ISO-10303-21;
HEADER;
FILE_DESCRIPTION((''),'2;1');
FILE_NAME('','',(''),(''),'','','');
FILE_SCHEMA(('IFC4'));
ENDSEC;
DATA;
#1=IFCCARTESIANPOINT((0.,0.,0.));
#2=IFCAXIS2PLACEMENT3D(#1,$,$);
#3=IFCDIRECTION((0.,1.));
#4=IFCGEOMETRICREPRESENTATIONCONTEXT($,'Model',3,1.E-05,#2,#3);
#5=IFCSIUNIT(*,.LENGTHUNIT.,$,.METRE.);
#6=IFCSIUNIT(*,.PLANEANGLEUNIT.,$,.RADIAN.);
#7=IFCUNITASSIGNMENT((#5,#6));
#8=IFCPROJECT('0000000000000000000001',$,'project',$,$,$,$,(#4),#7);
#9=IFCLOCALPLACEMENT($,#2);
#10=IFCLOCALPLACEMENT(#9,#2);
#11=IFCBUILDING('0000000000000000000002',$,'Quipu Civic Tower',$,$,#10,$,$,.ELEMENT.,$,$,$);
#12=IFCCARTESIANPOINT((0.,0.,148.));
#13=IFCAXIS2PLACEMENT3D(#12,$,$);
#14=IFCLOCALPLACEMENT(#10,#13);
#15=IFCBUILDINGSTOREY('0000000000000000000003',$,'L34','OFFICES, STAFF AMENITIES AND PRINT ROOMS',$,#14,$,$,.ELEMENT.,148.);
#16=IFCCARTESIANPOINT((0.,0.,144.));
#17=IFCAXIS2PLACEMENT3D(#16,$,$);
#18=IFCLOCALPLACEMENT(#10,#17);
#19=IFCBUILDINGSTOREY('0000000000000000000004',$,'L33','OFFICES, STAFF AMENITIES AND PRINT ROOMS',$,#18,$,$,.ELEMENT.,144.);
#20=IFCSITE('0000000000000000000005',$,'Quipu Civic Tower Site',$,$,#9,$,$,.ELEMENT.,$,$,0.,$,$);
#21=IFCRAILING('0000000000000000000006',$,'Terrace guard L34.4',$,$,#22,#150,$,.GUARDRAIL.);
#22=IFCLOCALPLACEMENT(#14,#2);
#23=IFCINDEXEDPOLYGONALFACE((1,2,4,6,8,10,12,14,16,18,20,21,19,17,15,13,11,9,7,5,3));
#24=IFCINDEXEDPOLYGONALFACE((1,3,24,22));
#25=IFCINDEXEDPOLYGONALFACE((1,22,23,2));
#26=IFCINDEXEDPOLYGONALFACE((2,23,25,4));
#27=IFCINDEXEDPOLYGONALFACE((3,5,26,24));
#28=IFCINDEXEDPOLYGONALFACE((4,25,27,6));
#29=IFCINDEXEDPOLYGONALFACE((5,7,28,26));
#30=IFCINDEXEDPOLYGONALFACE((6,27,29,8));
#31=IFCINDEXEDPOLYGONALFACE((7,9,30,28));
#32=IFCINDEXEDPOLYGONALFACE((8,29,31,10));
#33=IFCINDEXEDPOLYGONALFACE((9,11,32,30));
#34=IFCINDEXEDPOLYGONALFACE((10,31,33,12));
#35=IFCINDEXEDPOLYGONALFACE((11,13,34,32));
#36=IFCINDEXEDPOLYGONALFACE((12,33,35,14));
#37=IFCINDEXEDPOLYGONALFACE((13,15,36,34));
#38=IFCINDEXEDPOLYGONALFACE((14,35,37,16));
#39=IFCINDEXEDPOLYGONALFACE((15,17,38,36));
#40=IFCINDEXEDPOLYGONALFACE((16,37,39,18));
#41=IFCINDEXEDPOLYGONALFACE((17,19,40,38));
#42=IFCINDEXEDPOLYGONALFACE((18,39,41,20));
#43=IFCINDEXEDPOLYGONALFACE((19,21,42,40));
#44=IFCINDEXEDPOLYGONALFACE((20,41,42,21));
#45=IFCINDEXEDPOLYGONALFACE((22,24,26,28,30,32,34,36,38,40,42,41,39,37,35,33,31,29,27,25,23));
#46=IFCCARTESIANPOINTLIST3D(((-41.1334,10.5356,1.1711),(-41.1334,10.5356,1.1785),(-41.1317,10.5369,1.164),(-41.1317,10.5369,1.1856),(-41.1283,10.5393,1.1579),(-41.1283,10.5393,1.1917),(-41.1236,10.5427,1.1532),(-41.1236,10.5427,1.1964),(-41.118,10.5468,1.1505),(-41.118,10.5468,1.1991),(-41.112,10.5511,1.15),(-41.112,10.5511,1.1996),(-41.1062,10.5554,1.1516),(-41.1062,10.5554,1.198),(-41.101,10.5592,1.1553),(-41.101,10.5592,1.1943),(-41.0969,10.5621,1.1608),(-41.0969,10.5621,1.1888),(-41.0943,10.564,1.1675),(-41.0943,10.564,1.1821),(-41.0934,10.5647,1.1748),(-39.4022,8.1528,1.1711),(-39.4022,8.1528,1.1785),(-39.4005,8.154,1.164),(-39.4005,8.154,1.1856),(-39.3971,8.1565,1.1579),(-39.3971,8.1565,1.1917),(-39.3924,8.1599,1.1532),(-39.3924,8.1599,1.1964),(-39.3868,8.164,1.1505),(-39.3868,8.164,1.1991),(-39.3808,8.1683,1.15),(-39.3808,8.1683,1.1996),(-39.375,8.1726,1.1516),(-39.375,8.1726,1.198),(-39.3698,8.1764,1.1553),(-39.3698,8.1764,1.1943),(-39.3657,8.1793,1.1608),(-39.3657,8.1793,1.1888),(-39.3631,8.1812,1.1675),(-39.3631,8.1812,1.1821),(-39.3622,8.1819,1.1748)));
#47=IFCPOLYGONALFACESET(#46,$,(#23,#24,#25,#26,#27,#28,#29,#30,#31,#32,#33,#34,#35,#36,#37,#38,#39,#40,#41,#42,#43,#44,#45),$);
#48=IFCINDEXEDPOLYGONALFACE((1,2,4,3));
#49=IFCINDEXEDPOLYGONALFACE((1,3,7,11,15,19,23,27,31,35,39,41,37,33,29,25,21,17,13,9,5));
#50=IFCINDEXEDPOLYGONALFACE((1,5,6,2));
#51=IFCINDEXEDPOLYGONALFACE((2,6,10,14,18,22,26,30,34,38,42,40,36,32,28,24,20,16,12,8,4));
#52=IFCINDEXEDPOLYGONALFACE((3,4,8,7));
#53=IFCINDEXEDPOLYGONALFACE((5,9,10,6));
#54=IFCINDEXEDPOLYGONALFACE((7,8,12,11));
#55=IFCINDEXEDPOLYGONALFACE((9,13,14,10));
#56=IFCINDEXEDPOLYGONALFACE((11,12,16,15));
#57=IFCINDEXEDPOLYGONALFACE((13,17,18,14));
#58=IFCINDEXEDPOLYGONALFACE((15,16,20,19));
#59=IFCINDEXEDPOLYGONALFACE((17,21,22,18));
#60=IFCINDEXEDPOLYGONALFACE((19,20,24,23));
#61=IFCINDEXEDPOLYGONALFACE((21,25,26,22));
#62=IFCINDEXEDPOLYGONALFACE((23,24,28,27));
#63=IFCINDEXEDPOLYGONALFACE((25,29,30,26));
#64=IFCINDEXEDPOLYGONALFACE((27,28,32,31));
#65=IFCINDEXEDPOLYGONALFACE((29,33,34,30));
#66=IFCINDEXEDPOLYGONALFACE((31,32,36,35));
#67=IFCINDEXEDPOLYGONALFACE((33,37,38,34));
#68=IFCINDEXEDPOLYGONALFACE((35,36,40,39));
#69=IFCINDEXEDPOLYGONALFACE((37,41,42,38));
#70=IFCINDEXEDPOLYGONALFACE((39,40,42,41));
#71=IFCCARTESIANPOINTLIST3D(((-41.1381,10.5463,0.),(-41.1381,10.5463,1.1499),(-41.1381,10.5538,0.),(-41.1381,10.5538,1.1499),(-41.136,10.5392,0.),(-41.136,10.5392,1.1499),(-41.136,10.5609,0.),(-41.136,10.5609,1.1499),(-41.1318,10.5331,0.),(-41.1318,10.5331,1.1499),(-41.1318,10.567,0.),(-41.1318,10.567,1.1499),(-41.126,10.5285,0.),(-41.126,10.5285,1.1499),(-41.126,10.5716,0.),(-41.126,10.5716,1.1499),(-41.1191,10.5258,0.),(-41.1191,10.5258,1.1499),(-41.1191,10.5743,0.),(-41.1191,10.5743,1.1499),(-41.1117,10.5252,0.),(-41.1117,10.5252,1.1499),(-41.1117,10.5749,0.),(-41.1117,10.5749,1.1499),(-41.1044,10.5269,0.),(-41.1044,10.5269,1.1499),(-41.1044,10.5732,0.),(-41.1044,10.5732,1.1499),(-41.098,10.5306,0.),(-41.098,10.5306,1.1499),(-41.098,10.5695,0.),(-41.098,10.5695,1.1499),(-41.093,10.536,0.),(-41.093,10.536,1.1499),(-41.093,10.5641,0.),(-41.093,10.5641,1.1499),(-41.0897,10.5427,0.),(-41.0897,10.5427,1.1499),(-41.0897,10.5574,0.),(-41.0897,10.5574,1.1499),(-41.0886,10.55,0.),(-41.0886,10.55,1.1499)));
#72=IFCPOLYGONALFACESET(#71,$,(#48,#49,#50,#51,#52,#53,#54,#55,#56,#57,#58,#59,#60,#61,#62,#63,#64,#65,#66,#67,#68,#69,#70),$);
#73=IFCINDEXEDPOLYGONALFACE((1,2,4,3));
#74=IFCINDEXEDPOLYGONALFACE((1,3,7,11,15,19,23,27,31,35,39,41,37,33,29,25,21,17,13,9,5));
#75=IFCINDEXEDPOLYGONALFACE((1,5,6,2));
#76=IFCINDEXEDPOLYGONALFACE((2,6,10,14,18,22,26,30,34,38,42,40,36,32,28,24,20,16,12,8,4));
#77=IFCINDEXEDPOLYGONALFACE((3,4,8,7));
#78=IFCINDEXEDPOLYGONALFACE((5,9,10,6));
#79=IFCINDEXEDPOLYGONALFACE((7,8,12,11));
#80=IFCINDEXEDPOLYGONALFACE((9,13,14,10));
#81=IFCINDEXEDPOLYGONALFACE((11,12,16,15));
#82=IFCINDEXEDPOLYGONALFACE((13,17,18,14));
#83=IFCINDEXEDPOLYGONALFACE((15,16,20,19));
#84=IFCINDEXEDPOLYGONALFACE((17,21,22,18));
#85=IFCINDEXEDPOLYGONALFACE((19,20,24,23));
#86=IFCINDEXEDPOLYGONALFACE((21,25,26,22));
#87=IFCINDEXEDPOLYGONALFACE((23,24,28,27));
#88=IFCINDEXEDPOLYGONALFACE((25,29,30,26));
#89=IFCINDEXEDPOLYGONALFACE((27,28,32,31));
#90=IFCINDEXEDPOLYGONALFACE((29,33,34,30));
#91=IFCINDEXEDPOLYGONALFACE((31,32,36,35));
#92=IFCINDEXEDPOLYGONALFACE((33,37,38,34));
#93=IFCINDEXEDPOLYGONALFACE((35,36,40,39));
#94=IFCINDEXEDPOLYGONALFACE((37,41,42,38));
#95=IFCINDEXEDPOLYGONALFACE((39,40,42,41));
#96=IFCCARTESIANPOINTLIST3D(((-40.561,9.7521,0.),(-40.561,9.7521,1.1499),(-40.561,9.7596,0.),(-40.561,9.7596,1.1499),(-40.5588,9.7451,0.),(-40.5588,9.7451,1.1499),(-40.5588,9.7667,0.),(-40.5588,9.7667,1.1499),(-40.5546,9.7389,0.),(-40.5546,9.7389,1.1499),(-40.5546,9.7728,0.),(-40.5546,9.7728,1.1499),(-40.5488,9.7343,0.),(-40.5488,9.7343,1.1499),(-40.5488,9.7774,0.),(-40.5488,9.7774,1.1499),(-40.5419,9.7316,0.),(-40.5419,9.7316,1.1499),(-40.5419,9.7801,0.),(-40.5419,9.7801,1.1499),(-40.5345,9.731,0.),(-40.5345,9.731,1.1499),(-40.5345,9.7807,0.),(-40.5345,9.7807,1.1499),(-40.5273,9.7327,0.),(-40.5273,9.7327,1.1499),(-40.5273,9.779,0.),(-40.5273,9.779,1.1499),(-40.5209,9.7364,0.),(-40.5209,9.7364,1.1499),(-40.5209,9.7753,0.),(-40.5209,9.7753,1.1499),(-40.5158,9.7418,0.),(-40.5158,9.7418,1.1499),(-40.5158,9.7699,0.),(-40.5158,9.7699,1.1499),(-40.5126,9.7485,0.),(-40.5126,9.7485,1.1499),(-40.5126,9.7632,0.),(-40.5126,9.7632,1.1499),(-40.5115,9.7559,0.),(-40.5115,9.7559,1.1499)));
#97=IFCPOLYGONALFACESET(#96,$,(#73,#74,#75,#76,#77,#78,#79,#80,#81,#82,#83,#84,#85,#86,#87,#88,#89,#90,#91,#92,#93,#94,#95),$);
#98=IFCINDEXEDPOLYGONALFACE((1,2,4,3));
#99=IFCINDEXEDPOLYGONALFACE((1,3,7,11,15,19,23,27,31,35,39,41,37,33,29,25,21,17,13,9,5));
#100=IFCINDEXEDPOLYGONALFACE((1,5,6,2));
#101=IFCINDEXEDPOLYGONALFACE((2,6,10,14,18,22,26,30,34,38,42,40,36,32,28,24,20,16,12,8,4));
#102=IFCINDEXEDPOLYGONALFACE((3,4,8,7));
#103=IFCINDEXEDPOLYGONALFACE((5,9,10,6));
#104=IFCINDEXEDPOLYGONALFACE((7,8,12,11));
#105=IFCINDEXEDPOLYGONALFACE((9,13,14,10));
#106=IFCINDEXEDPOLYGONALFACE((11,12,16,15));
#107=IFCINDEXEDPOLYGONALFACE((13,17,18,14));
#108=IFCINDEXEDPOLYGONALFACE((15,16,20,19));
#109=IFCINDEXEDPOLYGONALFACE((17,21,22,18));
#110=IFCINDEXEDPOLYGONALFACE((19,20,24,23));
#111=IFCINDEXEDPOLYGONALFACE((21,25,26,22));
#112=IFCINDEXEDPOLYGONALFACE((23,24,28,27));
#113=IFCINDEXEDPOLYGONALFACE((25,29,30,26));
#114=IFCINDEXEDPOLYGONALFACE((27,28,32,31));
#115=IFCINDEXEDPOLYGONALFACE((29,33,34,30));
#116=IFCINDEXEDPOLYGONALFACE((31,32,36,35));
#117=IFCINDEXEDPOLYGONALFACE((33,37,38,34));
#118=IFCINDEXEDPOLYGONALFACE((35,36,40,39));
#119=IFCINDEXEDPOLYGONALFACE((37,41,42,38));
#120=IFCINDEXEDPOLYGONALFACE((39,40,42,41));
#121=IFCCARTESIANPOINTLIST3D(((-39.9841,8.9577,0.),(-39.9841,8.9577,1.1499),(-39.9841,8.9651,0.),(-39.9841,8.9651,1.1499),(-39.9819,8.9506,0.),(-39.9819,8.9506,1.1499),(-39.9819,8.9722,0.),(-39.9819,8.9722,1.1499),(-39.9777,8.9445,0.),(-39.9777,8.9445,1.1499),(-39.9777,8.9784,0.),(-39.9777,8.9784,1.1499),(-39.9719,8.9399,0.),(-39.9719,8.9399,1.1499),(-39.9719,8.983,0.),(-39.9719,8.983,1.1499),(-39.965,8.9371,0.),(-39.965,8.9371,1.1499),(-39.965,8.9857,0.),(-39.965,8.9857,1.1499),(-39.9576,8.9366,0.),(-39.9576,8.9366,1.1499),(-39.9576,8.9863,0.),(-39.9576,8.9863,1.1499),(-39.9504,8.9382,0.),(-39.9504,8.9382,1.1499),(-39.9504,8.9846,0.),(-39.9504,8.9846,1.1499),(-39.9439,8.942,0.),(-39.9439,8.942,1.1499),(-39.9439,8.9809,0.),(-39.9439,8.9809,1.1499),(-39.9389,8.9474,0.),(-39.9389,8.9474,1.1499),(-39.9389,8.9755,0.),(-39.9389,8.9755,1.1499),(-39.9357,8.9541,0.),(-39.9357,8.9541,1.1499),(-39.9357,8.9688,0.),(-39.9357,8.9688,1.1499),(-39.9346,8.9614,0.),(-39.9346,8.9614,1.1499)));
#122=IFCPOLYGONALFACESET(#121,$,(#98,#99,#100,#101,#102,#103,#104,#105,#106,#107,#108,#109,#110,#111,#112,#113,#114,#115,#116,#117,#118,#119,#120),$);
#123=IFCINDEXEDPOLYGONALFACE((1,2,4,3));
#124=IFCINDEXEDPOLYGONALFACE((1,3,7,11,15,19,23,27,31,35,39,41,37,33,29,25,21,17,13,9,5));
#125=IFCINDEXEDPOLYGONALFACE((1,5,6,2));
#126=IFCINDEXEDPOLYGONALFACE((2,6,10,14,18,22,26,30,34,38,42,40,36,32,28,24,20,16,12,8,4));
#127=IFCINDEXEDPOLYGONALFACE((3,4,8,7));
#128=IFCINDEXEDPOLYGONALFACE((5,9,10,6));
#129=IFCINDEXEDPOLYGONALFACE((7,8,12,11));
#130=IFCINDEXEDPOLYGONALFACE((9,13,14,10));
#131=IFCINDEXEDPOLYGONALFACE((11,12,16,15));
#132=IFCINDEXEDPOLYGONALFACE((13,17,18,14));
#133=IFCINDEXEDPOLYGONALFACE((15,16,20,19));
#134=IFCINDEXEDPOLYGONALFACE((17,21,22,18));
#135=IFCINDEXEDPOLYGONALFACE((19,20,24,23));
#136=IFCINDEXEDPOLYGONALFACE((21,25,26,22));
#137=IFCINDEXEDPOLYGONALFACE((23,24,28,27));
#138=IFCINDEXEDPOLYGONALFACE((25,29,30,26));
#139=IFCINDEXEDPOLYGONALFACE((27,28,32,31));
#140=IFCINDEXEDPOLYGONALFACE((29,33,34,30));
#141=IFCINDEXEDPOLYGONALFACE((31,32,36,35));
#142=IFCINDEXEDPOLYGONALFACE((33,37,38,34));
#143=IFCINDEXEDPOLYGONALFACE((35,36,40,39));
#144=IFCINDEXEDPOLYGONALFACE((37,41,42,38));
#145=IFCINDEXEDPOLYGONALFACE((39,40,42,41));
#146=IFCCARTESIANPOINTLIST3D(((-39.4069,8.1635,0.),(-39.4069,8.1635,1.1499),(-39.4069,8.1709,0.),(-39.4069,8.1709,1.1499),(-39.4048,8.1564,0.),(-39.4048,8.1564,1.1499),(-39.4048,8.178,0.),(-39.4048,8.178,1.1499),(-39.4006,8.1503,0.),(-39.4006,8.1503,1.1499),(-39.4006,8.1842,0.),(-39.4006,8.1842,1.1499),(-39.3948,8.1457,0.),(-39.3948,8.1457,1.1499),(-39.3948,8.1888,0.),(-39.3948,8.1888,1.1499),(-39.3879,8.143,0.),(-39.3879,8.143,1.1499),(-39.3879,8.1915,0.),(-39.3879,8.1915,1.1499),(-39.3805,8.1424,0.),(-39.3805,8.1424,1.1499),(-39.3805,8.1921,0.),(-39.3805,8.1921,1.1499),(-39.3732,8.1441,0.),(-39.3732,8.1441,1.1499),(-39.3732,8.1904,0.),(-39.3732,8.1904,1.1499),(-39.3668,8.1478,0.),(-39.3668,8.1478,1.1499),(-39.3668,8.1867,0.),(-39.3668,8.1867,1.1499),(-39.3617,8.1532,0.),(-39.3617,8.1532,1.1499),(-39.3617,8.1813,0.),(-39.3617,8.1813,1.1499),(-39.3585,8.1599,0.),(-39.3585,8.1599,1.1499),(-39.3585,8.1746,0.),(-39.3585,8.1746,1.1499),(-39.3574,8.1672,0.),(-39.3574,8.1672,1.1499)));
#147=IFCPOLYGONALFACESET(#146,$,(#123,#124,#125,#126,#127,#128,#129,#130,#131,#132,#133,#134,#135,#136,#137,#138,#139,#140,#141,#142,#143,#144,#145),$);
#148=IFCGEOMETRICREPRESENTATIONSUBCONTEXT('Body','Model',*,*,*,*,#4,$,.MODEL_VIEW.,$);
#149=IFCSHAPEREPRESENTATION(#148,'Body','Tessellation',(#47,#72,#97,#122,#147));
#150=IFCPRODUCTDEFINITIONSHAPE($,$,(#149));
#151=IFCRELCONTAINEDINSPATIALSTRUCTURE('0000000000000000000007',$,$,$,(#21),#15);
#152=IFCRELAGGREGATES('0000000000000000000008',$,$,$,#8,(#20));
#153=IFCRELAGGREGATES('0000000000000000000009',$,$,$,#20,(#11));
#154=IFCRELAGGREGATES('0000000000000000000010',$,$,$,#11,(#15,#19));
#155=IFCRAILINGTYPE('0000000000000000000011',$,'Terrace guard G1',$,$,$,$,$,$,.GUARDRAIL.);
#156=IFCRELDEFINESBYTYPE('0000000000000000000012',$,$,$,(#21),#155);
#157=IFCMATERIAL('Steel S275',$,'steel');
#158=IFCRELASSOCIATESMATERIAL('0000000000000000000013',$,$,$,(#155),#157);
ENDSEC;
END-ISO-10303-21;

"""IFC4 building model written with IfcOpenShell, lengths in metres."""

from ifc_helpers import new_model, si_unit, direction, frame, origin, origin_2d, place, context, subcontext, project, spatial, circle, extrude, material, type_object, element, save


model = new_model("IFC4")

# Units and contexts
model_context = context("Model", 3, precision=1e-05, world=origin(), true_north=direction((0.0, 1.0)))
body_context = subcontext(model_context, "Body", "Model", "MODEL_VIEW")
ifc_project = project(units=[si_unit("LENGTHUNIT", "METRE"), si_unit("PLANEANGLEUNIT", "RADIAN")], contexts=[model_context])

# Site, building, storey
site_placement = place(None, origin())
site = spatial("IfcSite", under=ifc_project, at=site_placement, Name="Quipu Civic Tower Site", CompositionType="ELEMENT", RefElevation=0.0)
building_placement = place(site_placement, origin())
building = spatial("IfcBuilding", under=site, at=building_placement, Name="Quipu Civic Tower", CompositionType="ELEMENT")
storey_1_placement = place(building_placement, frame((0.0, 0.0, 148.0)))
storey_1 = spatial("IfcBuildingStorey", under=building, at=storey_1_placement, Name="L34", Description="OFFICES, STAFF AMENITIES AND PRINT ROOMS", CompositionType="ELEMENT", Elevation=148.0)

# Shared definitions
storey_2_placement = place(building_placement, frame((0.0, 0.0, 144.0)))
storey_2 = spatial("IfcBuildingStorey", under=building, at=storey_2_placement, Name="L33", Description="OFFICES, STAFF AMENITIES AND PRINT ROOMS", CompositionType="ELEMENT", Elevation=144.0)

# Railing
ifc_material_1 = material(Name="Steel S275", Category="steel")
railing_type = type_object("IfcRailingType", Name="Terrace guard G1", PredefinedType="GUARDRAIL", material=ifc_material_1)
railing_1_placement = place(storey_1_placement, frame((-41.1135, 10.55, 0.0)))
element("IfcRailing", 1, at=railing_1_placement, inside=storey_1, type_object=railing_type, Name="Terrace guard L34.4", PredefinedType="GUARDRAIL", context=body_context, shape_type="SweptSolid", body=[
    extrude(circle(Radius=0.0249, at=origin_2d()), frame((0.0, 0.0, 1.1748), z_axis=(0.587782, -0.809019, 0.0), x_axis=(0.809019, 0.587782, 0.0)), (0.0, 0.0, 1.0), 2.9453),
    extrude(circle(Radius=0.0249, at=origin_2d()), origin(), (0.0, 0.0, 1.0), 1.1499),
    extrude(circle(Radius=0.0249, at=origin_2d()), frame((0.5771, -0.7942, 0.0)), (0.0, 0.0, 1.0), 1.1499),
    extrude(circle(Radius=0.0249, at=origin_2d()), frame((1.1541, -1.5886, 0.0)), (0.0, 0.0, 1.0), 1.1499),
    extrude(circle(Radius=0.0249, at=origin_2d()), frame((1.7312, -2.3828, 0.0)), (0.0, 0.0, 1.0), 1.1499),
])

save(model, "model.ifc")
